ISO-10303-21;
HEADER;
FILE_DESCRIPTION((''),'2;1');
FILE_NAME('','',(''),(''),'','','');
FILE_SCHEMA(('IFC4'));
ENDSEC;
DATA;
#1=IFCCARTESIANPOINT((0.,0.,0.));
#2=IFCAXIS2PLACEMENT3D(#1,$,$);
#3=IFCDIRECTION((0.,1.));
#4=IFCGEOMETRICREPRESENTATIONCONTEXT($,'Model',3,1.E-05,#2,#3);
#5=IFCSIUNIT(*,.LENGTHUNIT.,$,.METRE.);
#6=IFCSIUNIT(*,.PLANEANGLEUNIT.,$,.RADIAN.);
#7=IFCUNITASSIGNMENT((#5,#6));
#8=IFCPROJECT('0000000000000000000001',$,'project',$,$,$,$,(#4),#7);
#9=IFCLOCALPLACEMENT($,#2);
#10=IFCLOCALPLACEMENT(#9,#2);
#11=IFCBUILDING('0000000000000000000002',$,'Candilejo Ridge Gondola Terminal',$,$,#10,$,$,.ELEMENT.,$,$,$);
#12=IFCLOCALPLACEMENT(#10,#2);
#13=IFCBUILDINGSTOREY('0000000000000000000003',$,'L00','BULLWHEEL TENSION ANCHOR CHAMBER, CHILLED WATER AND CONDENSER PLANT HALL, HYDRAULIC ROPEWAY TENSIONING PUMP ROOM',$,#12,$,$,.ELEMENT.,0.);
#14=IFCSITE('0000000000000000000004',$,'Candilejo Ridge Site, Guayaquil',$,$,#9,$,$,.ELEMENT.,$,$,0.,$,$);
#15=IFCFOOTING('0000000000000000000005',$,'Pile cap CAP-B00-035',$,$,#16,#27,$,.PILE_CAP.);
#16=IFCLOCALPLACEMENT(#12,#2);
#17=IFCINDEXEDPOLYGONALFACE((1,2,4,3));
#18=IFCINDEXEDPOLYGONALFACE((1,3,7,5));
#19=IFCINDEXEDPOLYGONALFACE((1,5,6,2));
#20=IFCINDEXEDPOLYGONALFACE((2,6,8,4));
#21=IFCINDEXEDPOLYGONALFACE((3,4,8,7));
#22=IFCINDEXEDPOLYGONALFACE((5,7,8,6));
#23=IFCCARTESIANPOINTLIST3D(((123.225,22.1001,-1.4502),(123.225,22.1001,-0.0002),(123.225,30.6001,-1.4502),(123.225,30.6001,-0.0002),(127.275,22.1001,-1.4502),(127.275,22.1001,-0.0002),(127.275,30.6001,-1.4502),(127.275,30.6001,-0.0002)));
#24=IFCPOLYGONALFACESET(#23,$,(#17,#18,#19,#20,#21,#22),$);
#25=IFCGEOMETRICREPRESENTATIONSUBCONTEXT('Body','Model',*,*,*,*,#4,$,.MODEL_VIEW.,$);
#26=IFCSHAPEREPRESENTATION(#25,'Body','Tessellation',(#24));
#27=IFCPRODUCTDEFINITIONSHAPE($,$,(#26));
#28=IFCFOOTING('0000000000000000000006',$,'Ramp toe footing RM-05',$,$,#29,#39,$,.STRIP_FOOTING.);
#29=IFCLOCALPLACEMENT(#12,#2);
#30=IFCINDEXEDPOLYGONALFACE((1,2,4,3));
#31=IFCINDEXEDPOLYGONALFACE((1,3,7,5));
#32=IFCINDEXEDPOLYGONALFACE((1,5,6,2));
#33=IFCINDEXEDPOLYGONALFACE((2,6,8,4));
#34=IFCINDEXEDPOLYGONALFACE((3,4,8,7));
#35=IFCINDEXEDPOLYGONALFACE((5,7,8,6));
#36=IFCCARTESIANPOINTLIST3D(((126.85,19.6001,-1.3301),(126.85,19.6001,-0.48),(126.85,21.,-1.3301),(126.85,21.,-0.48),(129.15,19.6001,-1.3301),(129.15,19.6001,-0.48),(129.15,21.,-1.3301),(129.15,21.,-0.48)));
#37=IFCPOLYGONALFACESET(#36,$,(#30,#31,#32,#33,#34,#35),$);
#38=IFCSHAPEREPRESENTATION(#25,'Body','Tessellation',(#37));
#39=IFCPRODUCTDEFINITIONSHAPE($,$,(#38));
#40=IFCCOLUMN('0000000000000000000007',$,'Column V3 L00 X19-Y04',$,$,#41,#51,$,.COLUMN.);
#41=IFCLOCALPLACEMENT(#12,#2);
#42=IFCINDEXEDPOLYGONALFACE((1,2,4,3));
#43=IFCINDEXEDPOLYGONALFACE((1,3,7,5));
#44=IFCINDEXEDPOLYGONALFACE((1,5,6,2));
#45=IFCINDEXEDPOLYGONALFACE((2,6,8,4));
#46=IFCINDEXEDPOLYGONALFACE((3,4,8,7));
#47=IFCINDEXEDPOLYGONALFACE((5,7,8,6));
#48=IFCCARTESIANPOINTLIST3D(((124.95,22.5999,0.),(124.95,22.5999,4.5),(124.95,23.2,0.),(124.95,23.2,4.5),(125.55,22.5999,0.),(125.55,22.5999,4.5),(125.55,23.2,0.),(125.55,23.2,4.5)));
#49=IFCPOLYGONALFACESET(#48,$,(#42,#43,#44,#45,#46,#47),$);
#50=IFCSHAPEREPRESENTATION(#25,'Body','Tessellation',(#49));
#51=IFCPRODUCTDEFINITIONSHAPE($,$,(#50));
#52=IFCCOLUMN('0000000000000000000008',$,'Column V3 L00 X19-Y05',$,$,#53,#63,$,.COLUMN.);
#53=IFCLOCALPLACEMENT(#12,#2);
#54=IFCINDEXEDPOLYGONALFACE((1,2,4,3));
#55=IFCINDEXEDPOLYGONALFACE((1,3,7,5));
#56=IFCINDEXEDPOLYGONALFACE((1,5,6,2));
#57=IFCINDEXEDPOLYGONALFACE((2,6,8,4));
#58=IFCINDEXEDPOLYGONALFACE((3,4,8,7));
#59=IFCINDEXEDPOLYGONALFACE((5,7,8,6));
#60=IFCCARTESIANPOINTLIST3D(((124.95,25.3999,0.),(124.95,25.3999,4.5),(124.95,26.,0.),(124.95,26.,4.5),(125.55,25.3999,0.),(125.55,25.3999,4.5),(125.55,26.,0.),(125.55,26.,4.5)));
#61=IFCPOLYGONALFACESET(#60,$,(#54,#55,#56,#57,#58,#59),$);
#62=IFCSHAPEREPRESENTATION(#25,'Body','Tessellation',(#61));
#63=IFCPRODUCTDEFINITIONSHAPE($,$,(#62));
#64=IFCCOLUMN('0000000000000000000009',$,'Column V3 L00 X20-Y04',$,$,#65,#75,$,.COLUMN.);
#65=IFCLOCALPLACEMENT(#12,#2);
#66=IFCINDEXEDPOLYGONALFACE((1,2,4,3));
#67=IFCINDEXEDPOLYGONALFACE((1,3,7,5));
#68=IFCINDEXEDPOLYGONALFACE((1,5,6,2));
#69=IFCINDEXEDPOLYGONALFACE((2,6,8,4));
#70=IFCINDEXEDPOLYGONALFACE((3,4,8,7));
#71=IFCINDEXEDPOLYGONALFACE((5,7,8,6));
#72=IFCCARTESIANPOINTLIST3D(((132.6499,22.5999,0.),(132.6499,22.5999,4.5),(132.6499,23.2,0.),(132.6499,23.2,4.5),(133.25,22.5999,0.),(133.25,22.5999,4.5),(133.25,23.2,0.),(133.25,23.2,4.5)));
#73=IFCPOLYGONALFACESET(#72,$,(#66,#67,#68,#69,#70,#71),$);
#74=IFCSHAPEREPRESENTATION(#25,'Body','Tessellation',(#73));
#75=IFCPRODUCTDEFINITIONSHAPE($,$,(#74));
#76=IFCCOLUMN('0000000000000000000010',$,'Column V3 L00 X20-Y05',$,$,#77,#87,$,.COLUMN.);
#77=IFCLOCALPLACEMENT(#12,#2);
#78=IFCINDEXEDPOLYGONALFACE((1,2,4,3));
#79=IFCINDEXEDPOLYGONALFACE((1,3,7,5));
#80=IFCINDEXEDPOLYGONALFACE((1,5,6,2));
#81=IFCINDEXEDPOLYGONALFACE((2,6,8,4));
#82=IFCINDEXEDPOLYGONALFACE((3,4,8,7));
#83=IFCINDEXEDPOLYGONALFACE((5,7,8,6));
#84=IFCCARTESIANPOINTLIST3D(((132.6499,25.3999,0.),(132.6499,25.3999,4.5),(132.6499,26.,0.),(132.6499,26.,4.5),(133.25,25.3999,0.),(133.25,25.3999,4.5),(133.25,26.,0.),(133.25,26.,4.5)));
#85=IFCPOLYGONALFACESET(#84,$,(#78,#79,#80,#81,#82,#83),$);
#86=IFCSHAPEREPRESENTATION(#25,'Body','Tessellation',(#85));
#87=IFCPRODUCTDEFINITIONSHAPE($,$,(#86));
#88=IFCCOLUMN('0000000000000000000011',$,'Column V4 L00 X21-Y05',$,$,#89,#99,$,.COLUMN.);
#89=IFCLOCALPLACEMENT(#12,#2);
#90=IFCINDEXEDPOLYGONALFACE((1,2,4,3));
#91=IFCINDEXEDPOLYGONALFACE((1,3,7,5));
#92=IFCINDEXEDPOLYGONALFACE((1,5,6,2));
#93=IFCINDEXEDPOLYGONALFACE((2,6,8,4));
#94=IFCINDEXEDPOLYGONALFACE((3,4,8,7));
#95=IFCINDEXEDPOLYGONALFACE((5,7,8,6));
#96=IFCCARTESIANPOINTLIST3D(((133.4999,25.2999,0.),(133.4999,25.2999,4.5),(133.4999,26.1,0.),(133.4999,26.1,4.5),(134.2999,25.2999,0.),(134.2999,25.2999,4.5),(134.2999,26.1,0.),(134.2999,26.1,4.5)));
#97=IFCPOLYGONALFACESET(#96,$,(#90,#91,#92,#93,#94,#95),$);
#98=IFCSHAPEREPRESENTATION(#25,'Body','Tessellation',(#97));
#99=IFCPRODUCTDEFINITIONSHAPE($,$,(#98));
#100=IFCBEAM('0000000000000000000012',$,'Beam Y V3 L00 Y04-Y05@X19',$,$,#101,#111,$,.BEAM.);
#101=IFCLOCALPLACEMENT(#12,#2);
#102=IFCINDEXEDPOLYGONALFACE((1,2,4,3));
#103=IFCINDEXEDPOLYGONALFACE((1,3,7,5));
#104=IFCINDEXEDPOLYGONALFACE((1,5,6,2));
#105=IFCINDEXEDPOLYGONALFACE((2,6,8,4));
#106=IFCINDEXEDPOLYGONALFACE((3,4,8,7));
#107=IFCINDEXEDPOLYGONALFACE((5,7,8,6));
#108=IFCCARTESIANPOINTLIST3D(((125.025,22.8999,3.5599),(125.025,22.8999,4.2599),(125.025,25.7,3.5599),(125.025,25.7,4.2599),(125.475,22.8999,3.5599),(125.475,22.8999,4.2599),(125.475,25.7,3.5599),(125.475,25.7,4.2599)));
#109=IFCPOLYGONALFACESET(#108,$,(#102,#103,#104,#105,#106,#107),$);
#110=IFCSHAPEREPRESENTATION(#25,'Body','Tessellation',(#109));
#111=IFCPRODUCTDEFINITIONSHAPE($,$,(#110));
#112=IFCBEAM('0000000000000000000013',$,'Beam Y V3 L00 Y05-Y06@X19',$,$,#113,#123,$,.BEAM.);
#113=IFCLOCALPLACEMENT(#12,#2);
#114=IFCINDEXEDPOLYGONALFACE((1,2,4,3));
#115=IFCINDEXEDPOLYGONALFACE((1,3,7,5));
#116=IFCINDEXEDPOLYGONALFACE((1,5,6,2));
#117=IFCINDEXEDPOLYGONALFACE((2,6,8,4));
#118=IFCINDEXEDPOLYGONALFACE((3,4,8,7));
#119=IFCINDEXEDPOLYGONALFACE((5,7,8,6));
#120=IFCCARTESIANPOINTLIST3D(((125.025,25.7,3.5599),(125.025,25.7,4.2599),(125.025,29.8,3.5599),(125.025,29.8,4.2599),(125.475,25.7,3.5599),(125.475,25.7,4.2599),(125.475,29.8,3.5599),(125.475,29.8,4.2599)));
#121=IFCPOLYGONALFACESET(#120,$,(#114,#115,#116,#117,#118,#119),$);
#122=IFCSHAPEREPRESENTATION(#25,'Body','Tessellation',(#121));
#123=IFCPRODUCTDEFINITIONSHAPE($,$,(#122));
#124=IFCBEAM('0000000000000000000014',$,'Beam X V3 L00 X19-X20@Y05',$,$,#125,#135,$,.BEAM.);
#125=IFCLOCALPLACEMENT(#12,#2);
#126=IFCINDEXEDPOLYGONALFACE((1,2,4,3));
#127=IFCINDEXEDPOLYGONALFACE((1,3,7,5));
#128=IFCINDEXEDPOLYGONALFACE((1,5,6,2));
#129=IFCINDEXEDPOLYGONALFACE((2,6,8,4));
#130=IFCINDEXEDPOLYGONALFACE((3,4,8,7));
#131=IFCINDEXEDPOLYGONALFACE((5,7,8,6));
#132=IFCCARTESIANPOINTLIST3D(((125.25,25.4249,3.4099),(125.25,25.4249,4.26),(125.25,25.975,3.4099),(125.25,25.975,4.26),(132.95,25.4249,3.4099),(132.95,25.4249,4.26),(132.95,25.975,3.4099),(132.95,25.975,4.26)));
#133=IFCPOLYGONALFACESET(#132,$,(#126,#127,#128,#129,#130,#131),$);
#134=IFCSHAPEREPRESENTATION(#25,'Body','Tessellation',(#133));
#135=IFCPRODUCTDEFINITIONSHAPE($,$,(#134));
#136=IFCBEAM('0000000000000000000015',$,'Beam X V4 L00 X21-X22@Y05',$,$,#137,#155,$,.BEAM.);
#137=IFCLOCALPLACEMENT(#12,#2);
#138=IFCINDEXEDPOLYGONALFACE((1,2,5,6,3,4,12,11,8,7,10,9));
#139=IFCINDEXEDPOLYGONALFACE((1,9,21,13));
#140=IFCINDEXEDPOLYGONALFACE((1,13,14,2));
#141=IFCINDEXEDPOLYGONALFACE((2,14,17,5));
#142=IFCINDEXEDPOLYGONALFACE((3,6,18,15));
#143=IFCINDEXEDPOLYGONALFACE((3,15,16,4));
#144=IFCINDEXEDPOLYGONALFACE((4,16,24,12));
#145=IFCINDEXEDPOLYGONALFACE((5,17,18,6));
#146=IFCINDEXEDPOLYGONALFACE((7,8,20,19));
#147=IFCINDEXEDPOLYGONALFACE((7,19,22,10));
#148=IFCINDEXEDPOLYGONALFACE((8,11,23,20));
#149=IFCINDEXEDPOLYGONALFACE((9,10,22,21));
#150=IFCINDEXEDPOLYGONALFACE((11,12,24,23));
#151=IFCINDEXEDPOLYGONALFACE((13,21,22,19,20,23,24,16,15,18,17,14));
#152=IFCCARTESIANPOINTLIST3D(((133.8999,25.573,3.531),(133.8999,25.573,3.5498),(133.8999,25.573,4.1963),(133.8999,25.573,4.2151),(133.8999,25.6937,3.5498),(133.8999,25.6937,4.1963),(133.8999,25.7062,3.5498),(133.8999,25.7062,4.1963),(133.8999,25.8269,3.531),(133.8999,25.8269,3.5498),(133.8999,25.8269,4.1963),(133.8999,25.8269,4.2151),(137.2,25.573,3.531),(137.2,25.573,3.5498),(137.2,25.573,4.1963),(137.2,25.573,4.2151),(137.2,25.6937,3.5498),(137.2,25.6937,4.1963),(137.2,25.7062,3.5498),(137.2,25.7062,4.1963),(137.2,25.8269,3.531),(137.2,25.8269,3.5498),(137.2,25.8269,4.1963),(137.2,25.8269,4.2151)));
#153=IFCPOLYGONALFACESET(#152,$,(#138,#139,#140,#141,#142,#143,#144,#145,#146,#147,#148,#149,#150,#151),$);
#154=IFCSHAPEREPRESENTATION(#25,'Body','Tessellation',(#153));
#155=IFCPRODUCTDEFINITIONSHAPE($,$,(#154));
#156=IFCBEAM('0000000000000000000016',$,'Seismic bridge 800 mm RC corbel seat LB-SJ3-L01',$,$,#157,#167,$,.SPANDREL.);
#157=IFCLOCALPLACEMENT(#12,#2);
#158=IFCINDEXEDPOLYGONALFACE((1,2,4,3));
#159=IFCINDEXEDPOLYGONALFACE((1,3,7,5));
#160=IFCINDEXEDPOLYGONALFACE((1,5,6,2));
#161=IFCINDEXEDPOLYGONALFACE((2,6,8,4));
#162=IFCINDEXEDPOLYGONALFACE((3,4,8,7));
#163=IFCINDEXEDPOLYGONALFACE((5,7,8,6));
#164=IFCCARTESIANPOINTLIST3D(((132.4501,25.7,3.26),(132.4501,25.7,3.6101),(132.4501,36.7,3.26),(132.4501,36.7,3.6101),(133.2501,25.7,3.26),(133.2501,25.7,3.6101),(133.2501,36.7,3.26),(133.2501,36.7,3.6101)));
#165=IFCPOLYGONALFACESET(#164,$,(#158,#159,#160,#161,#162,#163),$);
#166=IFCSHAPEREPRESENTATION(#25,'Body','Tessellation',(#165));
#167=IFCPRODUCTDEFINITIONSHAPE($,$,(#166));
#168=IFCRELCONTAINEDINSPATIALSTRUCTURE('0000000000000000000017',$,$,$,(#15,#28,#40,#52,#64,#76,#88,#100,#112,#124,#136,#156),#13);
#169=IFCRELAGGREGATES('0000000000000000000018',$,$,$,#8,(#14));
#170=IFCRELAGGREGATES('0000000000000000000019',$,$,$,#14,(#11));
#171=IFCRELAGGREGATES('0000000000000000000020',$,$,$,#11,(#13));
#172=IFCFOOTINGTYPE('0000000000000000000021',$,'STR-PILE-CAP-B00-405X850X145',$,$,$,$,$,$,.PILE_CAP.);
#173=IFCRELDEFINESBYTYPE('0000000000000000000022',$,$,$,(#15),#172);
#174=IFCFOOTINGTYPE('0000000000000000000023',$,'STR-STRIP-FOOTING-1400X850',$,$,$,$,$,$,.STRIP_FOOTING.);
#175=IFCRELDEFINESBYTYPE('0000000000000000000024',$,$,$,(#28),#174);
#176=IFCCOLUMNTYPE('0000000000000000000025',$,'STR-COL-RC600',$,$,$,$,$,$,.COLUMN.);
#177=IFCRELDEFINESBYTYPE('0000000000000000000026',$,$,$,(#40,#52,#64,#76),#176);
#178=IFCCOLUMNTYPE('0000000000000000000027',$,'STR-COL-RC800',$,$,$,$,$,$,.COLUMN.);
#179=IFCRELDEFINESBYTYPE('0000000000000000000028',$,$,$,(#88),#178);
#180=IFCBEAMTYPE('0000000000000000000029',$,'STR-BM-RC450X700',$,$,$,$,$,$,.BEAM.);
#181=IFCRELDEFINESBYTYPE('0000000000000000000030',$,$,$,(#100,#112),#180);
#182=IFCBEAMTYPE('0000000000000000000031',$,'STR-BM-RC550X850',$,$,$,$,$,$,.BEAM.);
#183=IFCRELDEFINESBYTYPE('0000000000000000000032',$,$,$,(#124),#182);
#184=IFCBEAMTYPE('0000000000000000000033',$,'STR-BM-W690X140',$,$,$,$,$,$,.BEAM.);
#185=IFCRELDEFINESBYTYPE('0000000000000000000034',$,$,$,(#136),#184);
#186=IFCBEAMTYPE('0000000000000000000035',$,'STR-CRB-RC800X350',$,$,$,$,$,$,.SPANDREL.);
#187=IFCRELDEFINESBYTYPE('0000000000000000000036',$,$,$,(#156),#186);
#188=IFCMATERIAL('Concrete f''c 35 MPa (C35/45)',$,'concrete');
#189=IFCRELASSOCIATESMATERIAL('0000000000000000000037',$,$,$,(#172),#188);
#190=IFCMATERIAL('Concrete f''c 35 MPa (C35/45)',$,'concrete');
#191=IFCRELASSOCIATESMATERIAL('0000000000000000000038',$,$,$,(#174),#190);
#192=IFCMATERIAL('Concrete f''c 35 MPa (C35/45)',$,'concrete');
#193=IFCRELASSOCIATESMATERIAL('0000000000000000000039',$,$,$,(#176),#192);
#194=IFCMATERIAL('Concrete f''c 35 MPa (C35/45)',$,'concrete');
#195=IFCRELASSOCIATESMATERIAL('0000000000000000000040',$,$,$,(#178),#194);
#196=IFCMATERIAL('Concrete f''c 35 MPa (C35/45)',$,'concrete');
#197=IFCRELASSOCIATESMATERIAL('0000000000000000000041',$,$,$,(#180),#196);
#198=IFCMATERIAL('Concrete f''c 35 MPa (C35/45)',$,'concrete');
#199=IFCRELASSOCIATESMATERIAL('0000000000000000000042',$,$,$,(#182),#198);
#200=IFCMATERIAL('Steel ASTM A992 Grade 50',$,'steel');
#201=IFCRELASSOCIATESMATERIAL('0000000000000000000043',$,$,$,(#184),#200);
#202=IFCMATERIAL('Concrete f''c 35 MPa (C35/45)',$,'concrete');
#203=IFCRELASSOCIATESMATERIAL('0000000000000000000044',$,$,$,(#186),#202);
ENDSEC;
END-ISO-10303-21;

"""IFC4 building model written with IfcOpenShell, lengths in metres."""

from ifc_helpers import new_model, si_unit, direction, frame, origin, origin_2d, place, context, subcontext, project, spatial, rectangle, i_section, extrude, material, material_profile, profile_set, type_object, element, save


model = new_model("IFC4")

# Units and contexts
model_context = context("Model", 3, precision=1e-05, world=origin(), true_north=direction((0.0, 1.0)))
body_context = subcontext(model_context, "Body", "Model", "MODEL_VIEW")
ifc_project = project(units=[si_unit("LENGTHUNIT", "METRE"), si_unit("PLANEANGLEUNIT", "RADIAN")], contexts=[model_context])

# Site, building, storey
site_placement = place(None, origin())
site = spatial("IfcSite", under=ifc_project, at=site_placement, Name="Candilejo Ridge Site, Guayaquil", CompositionType="ELEMENT", RefElevation=0.0)
building_placement = place(site_placement, origin())
building = spatial("IfcBuilding", under=site, at=building_placement, Name="Candilejo Ridge Gondola Terminal", CompositionType="ELEMENT")
storey_placement = place(building_placement, origin())
storey = spatial("IfcBuildingStorey", under=building, at=storey_placement, Name="L00", Description="BULLWHEEL TENSION ANCHOR CHAMBER, CHILLED WATER AND CONDENSER PLANT HALL, HYDRAULIC ROPEWAY TENSIONING PUMP ROOM", CompositionType="ELEMENT", Elevation=0.0)

# Footings
ifc_material_1 = material(Name="Concrete f'c 35 MPa (C35/45)", Category="concrete")
footing_type_1 = type_object("IfcFootingType", Name="STR-PILE-CAP-B00-405X850X145", PredefinedType="PILE_CAP", material=ifc_material_1)
footing_1_placement = place(storey_placement, frame((125.25, 26.3501, -1.4502), z_axis=(0.0, 0.0, 1.0), x_axis=(1.0, 0.0, 0.0)))
element("IfcFooting", 1, at=footing_1_placement, inside=storey, type_object=footing_type_1, Name="Pile cap CAP-B00-035", PredefinedType="PILE_CAP", context=body_context, shape_type="SweptSolid", body=[
    extrude(rectangle(XDim=4.05, YDim=8.5, at=origin_2d()), origin(), (0.0, 0.0, 1.0), 1.45),
])
ifc_material_2 = material(Name="Concrete f'c 35 MPa (C35/45)", Category="concrete")
footing_type_2 = type_object("IfcFootingType", Name="STR-STRIP-FOOTING-1400X850", PredefinedType="STRIP_FOOTING", material=ifc_material_2)
footing_2_placement = place(storey_placement, frame((128.0, 20.3, -1.3301), z_axis=(0.0, 0.0, 1.0), x_axis=(1.0, 0.0, 0.0)))
element("IfcFooting", 2, at=footing_2_placement, inside=storey, type_object=footing_type_2, Name="Ramp toe footing RM-05", PredefinedType="STRIP_FOOTING", context=body_context, shape_type="SweptSolid", body=[
    extrude(rectangle(XDim=2.3, YDim=1.3999, at=origin_2d()), origin(), (0.0, 0.0, 1.0), 0.8501),
])

# Columns
ifc_material_3 = material(Name="Concrete f'c 35 MPa (C35/45)", Category="concrete")
ifc_material_profile_1 = material_profile(ifc_material_3, rectangle(XDim=0.6001, YDim=0.6001, at=origin_2d()))
ifc_profile_set_1 = profile_set([ifc_material_profile_1], Name="Concrete f'c 35 MPa (C35/45)")
column_type_1 = type_object("IfcColumnType", Name="STR-COL-RC600", PredefinedType="COLUMN", material=ifc_profile_set_1)
for number, where, z_axis, x_axis, name in (
    (3, (125.25, 22.8999, 0.0), (0.0, 0.0, 1.0), (1.0, 0.0, 0.0), "Column V3 L00 X19-Y04"),
    (4, (125.25, 25.7, 0.0), (0.0, 0.0, 1.0), (1.0, 0.0, 0.0), "Column V3 L00 X19-Y05"),
    (5, (132.95, 22.8999, 0.0), (0.0, 0.0, 1.0), (1.0, 0.0, 0.0), "Column V3 L00 X20-Y04"),
    (6, (132.95, 25.7, 0.0), (0.0, 0.0, 1.0), (1.0, 0.0, 0.0), "Column V3 L00 X20-Y05"),
):
    element("IfcColumn", number, at=place(storey_placement, frame(where, z_axis=z_axis, x_axis=x_axis)), inside=storey, type_object=column_type_1, Name=name, PredefinedType="COLUMN", context=body_context, shape_type="SweptSolid", body=[
        extrude(rectangle(XDim=0.6001, YDim=0.6001, at=origin_2d()), origin(), (0.0, 0.0, 1.0), 4.5),
    ])
ifc_material_4 = material(Name="Concrete f'c 35 MPa (C35/45)", Category="concrete")
ifc_material_profile_2 = material_profile(ifc_material_4, rectangle(XDim=0.8, YDim=0.8, at=origin_2d()))
ifc_profile_set_2 = profile_set([ifc_material_profile_2], Name="Concrete f'c 35 MPa (C35/45)")
column_type_2 = type_object("IfcColumnType", Name="STR-COL-RC800", PredefinedType="COLUMN", material=ifc_profile_set_2)
column_placement = place(storey_placement, frame((133.8999, 25.7, 0.0), z_axis=(0.0, 0.0, 1.0), x_axis=(1.0, 0.0, 0.0)))
element("IfcColumn", 7, at=column_placement, inside=storey, type_object=column_type_2, Name="Column V4 L00 X21-Y05", PredefinedType="COLUMN", context=body_context, shape_type="SweptSolid", body=[
    extrude(rectangle(XDim=0.8, YDim=0.8, at=origin_2d()), origin(), (0.0, 0.0, 1.0), 4.5),
])

# Beams
ifc_material_5 = material(Name="Concrete f'c 35 MPa (C35/45)", Category="concrete")
ifc_material_profile_3 = material_profile(ifc_material_5, rectangle(XDim=0.45, YDim=0.7, at=origin_2d()))
ifc_profile_set_3 = profile_set([ifc_material_profile_3], Name="Concrete f'c 35 MPa (C35/45)")
beam_type_1 = type_object("IfcBeamType", Name="STR-BM-RC450X700", PredefinedType="BEAM", material=ifc_profile_set_3)
beam_1_placement = place(storey_placement, frame((125.25, 22.8999, 3.9099), z_axis=(0.0, 1.0, 0.0), x_axis=(-1.0, 0.0, 0.0)))
element("IfcBeam", 8, at=beam_1_placement, inside=storey, type_object=beam_type_1, Name="Beam Y V3 L00 Y04-Y05@X19", PredefinedType="BEAM", context=body_context, shape_type="SweptSolid", body=[
    extrude(rectangle(XDim=0.45, YDim=0.7, at=origin_2d()), origin(), (0.0, 0.0, 1.0), 2.8),
])
beam_2_placement = place(storey_placement, frame((125.25, 25.7, 3.9099), z_axis=(0.0, 1.0, 0.0), x_axis=(-1.0, 0.0, 0.0)))
element("IfcBeam", 9, at=beam_2_placement, inside=storey, type_object=beam_type_1, Name="Beam Y V3 L00 Y05-Y06@X19", PredefinedType="BEAM", context=body_context, shape_type="SweptSolid", body=[
    extrude(rectangle(XDim=0.45, YDim=0.7, at=origin_2d()), origin(), (0.0, 0.0, 1.0), 4.1001),
])
ifc_material_6 = material(Name="Concrete f'c 35 MPa (C35/45)", Category="concrete")
ifc_material_profile_4 = material_profile(ifc_material_6, rectangle(XDim=0.55, YDim=0.8501, at=origin_2d()))
ifc_profile_set_4 = profile_set([ifc_material_profile_4], Name="Concrete f'c 35 MPa (C35/45)")
beam_type_2 = type_object("IfcBeamType", Name="STR-BM-RC550X850", PredefinedType="BEAM", material=ifc_profile_set_4)
beam_3_placement = place(storey_placement, frame((125.25, 25.7, 3.835), z_axis=(1.0, 0.0, 0.0), x_axis=(0.0, 1.0, 0.0)))
element("IfcBeam", 10, at=beam_3_placement, inside=storey, type_object=beam_type_2, Name="Beam X V3 L00 X19-X20@Y05", PredefinedType="BEAM", context=body_context, shape_type="SweptSolid", body=[
    extrude(rectangle(XDim=0.55, YDim=0.8501, at=origin_2d()), origin(), (0.0, 0.0, 1.0), 7.7),
])
ifc_material_7 = material(Name="Steel ASTM A992 Grade 50", Category="steel")
ifc_material_profile_5 = material_profile(ifc_material_7, i_section(OverallWidth=0.2539, OverallDepth=0.6841, WebThickness=0.0125, FlangeThickness=0.0188, at=origin_2d()))
ifc_profile_set_5 = profile_set([ifc_material_profile_5], Name="Steel ASTM A992 Grade 50")
beam_type_3 = type_object("IfcBeamType", Name="STR-BM-W690X140", PredefinedType="BEAM", material=ifc_profile_set_5)
beam_4_placement = place(storey_placement, frame((133.8999, 25.7, 3.873), z_axis=(1.0, 0.0, 0.0), x_axis=(0.0, 1.0, 0.0)))
element("IfcBeam", 11, at=beam_4_placement, inside=storey, type_object=beam_type_3, Name="Beam X V4 L00 X21-X22@Y05", PredefinedType="BEAM", context=body_context, shape_type="SweptSolid", body=[
    extrude(i_section(OverallWidth=0.2539, OverallDepth=0.6841, WebThickness=0.0125, FlangeThickness=0.0188, at=origin_2d()), origin(), (0.0, 0.0, 1.0), 3.3),
])
ifc_material_8 = material(Name="Concrete f'c 35 MPa (C35/45)", Category="concrete")
ifc_material_profile_6 = material_profile(ifc_material_8, rectangle(XDim=0.8, YDim=0.3501, at=origin_2d()))
ifc_profile_set_6 = profile_set([ifc_material_profile_6], Name="Concrete f'c 35 MPa (C35/45)")
beam_type_4 = type_object("IfcBeamType", Name="STR-CRB-RC800X350", PredefinedType="SPANDREL", material=ifc_profile_set_6)
beam_5_placement = place(storey_placement, frame((132.8501, 25.7, 3.4351), z_axis=(0.0, 1.0, 0.0), x_axis=(-1.0, 0.0, 0.0)))
element("IfcBeam", 12, at=beam_5_placement, inside=storey, type_object=beam_type_4, Name="Seismic bridge 800 mm RC corbel seat LB-SJ3-L01", PredefinedType="SPANDREL", context=body_context, shape_type="SweptSolid", body=[
    extrude(rectangle(XDim=0.8, YDim=0.3501, at=origin_2d()), origin(), (0.0, 0.0, 1.0), 11.0),
])

save(model, "model.ifc")
